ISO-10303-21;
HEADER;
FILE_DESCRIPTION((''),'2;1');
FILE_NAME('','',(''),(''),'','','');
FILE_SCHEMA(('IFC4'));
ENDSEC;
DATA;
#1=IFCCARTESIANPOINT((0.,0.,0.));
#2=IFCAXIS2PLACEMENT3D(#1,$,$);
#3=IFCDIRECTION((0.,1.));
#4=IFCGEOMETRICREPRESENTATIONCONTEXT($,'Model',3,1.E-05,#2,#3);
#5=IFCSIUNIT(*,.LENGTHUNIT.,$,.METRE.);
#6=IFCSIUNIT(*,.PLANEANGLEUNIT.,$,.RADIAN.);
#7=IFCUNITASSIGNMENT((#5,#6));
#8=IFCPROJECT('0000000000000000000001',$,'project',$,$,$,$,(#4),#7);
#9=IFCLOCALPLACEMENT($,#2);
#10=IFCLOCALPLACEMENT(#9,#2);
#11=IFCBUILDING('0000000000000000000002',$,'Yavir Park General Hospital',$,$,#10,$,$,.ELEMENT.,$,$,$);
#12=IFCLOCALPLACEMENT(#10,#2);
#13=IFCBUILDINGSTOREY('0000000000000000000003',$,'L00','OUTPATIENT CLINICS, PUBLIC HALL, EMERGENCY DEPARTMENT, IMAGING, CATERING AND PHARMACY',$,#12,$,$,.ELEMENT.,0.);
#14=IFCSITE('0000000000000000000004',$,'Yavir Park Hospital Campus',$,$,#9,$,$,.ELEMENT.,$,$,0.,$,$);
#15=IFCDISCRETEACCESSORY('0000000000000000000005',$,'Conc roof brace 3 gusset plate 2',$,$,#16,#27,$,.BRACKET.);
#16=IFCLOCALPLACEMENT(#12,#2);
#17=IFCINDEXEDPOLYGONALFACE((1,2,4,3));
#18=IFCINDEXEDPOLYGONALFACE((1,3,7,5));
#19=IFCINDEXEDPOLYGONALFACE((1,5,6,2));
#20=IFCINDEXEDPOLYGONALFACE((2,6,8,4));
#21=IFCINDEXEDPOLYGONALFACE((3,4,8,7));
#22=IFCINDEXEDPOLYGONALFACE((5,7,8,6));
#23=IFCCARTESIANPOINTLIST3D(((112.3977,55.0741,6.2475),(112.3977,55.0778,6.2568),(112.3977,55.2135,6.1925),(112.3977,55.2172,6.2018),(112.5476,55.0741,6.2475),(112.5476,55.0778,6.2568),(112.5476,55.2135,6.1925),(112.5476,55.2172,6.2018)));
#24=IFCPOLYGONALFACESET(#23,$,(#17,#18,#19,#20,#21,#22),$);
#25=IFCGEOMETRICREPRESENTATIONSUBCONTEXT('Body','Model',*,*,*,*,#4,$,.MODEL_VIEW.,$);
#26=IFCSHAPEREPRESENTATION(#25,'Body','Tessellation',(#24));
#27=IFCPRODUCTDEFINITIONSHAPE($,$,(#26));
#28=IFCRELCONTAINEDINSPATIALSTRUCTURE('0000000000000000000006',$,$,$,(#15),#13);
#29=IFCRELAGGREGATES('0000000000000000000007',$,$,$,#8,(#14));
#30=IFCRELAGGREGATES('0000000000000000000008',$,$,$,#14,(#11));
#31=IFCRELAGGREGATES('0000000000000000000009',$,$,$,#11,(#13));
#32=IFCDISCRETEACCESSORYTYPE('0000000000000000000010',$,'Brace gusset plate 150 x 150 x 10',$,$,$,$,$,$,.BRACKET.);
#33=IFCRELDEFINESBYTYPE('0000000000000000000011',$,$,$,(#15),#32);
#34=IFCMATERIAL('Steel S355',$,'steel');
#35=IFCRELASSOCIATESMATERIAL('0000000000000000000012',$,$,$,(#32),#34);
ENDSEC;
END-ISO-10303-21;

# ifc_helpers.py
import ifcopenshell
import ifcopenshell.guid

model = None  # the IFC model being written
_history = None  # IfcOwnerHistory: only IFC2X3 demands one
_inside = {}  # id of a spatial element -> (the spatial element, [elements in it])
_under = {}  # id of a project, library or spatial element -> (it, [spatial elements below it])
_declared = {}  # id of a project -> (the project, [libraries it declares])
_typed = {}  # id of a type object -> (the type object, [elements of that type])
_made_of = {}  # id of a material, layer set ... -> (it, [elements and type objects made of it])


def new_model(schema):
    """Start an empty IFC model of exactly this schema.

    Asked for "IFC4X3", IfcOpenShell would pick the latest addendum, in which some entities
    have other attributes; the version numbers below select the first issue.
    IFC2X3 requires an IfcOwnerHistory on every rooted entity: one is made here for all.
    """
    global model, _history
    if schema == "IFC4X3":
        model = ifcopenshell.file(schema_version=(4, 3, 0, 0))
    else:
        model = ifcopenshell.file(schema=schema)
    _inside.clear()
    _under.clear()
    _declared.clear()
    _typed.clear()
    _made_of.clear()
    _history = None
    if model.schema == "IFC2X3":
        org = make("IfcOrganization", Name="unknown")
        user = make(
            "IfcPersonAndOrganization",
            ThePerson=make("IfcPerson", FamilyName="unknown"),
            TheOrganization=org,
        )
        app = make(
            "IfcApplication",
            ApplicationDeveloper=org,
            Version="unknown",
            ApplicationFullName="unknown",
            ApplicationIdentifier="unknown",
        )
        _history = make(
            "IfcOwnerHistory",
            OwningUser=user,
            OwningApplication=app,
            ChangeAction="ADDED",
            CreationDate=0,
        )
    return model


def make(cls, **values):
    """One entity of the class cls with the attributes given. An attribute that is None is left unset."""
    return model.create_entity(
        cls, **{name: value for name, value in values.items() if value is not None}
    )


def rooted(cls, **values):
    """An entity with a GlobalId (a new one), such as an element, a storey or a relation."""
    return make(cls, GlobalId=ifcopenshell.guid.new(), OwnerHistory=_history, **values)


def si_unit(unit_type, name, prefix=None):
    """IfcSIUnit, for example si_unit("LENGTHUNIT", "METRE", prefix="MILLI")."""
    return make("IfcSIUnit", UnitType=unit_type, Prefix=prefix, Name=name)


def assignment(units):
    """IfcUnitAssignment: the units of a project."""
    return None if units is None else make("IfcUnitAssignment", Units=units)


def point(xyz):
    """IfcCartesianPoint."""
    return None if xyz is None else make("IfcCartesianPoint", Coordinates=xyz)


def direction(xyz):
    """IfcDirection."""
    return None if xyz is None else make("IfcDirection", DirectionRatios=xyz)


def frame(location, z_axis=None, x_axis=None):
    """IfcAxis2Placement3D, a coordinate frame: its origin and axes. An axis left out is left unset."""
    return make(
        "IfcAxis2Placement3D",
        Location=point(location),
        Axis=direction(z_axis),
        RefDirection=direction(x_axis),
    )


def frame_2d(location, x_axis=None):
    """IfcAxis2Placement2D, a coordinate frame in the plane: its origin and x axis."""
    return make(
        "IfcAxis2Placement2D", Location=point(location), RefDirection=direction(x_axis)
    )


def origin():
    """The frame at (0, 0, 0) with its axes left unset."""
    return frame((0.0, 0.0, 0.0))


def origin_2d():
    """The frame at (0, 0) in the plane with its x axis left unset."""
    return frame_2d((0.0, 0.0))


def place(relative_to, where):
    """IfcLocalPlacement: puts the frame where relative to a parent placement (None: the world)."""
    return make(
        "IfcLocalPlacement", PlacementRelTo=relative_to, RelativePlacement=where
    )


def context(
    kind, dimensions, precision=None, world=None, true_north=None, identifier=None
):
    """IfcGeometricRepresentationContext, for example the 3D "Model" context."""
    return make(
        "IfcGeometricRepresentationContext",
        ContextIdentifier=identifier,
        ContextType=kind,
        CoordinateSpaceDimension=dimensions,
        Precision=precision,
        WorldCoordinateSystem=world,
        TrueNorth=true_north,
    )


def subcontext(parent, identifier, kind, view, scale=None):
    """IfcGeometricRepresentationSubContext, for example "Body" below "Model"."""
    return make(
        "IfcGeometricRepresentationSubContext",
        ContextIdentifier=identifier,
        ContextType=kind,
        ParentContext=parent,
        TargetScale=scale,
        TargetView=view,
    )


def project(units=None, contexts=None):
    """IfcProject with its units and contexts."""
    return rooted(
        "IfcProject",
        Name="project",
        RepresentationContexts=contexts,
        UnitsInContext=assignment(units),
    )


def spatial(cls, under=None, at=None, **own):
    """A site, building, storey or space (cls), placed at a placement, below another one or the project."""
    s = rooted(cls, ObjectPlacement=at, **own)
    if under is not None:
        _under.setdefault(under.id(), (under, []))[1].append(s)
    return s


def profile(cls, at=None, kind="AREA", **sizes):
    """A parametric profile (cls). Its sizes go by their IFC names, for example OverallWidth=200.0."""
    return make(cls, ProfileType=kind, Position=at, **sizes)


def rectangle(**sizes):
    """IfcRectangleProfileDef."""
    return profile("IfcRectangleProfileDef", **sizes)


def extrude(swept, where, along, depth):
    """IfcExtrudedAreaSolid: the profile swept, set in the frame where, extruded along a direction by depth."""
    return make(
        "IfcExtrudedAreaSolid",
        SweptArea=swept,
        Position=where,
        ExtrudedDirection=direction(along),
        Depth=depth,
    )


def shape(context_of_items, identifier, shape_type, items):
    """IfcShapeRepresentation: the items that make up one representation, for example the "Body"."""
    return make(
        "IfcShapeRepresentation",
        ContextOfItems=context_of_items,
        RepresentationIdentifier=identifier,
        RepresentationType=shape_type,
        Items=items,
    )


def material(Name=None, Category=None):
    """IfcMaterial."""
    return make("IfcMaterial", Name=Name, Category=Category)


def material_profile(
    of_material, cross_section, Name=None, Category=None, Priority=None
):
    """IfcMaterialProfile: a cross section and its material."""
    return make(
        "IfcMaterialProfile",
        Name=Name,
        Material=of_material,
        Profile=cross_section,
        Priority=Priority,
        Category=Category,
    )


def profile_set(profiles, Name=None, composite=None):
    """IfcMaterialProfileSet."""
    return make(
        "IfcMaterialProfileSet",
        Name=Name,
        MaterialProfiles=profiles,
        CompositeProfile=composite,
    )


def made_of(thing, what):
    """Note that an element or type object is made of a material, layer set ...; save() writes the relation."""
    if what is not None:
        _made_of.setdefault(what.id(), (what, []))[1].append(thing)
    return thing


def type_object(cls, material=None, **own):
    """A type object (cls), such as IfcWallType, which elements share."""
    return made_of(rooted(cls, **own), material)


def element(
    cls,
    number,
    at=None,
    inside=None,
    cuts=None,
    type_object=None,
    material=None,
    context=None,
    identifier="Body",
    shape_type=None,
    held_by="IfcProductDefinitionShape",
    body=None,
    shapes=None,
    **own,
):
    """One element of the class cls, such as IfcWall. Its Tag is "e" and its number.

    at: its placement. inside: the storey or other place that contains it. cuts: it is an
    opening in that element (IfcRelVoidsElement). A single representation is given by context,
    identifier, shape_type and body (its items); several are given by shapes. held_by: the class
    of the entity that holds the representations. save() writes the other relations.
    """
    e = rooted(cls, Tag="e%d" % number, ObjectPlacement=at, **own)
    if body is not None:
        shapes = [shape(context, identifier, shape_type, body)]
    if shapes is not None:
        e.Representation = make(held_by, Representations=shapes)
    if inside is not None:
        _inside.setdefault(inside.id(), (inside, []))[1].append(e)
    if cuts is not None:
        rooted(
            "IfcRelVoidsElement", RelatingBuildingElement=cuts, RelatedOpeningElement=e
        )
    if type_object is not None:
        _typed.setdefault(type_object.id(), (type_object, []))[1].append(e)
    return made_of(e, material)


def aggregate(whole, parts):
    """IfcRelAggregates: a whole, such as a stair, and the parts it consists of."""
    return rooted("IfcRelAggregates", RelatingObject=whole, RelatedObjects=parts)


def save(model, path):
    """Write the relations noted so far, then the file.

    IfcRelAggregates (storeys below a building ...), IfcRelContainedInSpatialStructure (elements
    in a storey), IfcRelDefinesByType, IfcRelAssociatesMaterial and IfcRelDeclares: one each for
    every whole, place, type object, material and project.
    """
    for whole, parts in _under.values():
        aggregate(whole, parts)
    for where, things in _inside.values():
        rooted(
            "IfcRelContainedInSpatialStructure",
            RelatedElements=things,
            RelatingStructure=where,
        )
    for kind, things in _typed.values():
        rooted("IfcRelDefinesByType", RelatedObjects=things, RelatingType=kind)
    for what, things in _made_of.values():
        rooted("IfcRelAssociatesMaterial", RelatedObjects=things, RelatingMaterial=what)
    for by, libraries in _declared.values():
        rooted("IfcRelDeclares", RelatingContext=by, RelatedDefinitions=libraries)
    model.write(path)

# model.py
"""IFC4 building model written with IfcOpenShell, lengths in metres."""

from ifc_helpers import new_model, si_unit, direction, frame, origin, origin_2d, place, context, subcontext, project, spatial, rectangle, extrude, material, material_profile, profile_set, type_object, element, save


model = new_model("IFC4")

# Units and contexts
model_context = context("Model", 3, precision=1e-05, world=origin(), true_north=direction((0.0, 1.0)))
body_context = subcontext(model_context, "Body", "Model", "MODEL_VIEW")
ifc_project = project(units=[si_unit("LENGTHUNIT", "METRE"), si_unit("PLANEANGLEUNIT", "RADIAN")], contexts=[model_context])

# Site, building, storey
site_placement = place(None, origin())
site = spatial("IfcSite", under=ifc_project, at=site_placement, Name="Yavir Park Hospital Campus", CompositionType="ELEMENT", RefElevation=0.0)
building_placement = place(site_placement, origin())
building = spatial("IfcBuilding", under=site, at=building_placement, Name="Yavir Park General Hospital", CompositionType="ELEMENT")
storey_placement = place(building_placement, origin())
storey = spatial("IfcBuildingStorey", under=building, at=storey_placement, Name="L00", Description="OUTPATIENT CLINICS, PUBLIC HALL, EMERGENCY DEPARTMENT, IMAGING, CATERING AND PHARMACY", CompositionType="ELEMENT", Elevation=0.0)

# Discrete accessory
ifc_material_1 = material(Name="Steel S355", Category="steel")
ifc_material_profile_1 = material_profile(ifc_material_1, rectangle(XDim=0.1499, YDim=0.1499, at=origin_2d()), Name="PL150x150")
ifc_profile_set_1 = profile_set([ifc_material_profile_1], Name="Steel S355")
discrete_accessory_type = type_object("IfcDiscreteAccessoryType", Name="Brace gusset plate 150 x 150 x 10", PredefinedType="BRACKET", material=ifc_profile_set_1)
for number, where, z_axis, x_axis, name in (
    (1, (112.4727, 55.1438, 6.22), (0.0, 0.367167, 0.930155), (-1.0, 0.0, 0.0), "Conc roof brace 3 gusset plate 2"),
):
    element("IfcDiscreteAccessory", number, at=place(storey_placement, frame(where, z_axis=z_axis, x_axis=x_axis)), inside=storey, type_object=discrete_accessory_type, Name=name, PredefinedType="BRACKET", context=body_context, shape_type="SweptSolid", body=[
        extrude(rectangle(XDim=0.1499, YDim=0.1499, at=origin_2d()), origin(), (0.0, 0.0, 1.0), 0.01),
    ])

save(model, "model.ifc")
